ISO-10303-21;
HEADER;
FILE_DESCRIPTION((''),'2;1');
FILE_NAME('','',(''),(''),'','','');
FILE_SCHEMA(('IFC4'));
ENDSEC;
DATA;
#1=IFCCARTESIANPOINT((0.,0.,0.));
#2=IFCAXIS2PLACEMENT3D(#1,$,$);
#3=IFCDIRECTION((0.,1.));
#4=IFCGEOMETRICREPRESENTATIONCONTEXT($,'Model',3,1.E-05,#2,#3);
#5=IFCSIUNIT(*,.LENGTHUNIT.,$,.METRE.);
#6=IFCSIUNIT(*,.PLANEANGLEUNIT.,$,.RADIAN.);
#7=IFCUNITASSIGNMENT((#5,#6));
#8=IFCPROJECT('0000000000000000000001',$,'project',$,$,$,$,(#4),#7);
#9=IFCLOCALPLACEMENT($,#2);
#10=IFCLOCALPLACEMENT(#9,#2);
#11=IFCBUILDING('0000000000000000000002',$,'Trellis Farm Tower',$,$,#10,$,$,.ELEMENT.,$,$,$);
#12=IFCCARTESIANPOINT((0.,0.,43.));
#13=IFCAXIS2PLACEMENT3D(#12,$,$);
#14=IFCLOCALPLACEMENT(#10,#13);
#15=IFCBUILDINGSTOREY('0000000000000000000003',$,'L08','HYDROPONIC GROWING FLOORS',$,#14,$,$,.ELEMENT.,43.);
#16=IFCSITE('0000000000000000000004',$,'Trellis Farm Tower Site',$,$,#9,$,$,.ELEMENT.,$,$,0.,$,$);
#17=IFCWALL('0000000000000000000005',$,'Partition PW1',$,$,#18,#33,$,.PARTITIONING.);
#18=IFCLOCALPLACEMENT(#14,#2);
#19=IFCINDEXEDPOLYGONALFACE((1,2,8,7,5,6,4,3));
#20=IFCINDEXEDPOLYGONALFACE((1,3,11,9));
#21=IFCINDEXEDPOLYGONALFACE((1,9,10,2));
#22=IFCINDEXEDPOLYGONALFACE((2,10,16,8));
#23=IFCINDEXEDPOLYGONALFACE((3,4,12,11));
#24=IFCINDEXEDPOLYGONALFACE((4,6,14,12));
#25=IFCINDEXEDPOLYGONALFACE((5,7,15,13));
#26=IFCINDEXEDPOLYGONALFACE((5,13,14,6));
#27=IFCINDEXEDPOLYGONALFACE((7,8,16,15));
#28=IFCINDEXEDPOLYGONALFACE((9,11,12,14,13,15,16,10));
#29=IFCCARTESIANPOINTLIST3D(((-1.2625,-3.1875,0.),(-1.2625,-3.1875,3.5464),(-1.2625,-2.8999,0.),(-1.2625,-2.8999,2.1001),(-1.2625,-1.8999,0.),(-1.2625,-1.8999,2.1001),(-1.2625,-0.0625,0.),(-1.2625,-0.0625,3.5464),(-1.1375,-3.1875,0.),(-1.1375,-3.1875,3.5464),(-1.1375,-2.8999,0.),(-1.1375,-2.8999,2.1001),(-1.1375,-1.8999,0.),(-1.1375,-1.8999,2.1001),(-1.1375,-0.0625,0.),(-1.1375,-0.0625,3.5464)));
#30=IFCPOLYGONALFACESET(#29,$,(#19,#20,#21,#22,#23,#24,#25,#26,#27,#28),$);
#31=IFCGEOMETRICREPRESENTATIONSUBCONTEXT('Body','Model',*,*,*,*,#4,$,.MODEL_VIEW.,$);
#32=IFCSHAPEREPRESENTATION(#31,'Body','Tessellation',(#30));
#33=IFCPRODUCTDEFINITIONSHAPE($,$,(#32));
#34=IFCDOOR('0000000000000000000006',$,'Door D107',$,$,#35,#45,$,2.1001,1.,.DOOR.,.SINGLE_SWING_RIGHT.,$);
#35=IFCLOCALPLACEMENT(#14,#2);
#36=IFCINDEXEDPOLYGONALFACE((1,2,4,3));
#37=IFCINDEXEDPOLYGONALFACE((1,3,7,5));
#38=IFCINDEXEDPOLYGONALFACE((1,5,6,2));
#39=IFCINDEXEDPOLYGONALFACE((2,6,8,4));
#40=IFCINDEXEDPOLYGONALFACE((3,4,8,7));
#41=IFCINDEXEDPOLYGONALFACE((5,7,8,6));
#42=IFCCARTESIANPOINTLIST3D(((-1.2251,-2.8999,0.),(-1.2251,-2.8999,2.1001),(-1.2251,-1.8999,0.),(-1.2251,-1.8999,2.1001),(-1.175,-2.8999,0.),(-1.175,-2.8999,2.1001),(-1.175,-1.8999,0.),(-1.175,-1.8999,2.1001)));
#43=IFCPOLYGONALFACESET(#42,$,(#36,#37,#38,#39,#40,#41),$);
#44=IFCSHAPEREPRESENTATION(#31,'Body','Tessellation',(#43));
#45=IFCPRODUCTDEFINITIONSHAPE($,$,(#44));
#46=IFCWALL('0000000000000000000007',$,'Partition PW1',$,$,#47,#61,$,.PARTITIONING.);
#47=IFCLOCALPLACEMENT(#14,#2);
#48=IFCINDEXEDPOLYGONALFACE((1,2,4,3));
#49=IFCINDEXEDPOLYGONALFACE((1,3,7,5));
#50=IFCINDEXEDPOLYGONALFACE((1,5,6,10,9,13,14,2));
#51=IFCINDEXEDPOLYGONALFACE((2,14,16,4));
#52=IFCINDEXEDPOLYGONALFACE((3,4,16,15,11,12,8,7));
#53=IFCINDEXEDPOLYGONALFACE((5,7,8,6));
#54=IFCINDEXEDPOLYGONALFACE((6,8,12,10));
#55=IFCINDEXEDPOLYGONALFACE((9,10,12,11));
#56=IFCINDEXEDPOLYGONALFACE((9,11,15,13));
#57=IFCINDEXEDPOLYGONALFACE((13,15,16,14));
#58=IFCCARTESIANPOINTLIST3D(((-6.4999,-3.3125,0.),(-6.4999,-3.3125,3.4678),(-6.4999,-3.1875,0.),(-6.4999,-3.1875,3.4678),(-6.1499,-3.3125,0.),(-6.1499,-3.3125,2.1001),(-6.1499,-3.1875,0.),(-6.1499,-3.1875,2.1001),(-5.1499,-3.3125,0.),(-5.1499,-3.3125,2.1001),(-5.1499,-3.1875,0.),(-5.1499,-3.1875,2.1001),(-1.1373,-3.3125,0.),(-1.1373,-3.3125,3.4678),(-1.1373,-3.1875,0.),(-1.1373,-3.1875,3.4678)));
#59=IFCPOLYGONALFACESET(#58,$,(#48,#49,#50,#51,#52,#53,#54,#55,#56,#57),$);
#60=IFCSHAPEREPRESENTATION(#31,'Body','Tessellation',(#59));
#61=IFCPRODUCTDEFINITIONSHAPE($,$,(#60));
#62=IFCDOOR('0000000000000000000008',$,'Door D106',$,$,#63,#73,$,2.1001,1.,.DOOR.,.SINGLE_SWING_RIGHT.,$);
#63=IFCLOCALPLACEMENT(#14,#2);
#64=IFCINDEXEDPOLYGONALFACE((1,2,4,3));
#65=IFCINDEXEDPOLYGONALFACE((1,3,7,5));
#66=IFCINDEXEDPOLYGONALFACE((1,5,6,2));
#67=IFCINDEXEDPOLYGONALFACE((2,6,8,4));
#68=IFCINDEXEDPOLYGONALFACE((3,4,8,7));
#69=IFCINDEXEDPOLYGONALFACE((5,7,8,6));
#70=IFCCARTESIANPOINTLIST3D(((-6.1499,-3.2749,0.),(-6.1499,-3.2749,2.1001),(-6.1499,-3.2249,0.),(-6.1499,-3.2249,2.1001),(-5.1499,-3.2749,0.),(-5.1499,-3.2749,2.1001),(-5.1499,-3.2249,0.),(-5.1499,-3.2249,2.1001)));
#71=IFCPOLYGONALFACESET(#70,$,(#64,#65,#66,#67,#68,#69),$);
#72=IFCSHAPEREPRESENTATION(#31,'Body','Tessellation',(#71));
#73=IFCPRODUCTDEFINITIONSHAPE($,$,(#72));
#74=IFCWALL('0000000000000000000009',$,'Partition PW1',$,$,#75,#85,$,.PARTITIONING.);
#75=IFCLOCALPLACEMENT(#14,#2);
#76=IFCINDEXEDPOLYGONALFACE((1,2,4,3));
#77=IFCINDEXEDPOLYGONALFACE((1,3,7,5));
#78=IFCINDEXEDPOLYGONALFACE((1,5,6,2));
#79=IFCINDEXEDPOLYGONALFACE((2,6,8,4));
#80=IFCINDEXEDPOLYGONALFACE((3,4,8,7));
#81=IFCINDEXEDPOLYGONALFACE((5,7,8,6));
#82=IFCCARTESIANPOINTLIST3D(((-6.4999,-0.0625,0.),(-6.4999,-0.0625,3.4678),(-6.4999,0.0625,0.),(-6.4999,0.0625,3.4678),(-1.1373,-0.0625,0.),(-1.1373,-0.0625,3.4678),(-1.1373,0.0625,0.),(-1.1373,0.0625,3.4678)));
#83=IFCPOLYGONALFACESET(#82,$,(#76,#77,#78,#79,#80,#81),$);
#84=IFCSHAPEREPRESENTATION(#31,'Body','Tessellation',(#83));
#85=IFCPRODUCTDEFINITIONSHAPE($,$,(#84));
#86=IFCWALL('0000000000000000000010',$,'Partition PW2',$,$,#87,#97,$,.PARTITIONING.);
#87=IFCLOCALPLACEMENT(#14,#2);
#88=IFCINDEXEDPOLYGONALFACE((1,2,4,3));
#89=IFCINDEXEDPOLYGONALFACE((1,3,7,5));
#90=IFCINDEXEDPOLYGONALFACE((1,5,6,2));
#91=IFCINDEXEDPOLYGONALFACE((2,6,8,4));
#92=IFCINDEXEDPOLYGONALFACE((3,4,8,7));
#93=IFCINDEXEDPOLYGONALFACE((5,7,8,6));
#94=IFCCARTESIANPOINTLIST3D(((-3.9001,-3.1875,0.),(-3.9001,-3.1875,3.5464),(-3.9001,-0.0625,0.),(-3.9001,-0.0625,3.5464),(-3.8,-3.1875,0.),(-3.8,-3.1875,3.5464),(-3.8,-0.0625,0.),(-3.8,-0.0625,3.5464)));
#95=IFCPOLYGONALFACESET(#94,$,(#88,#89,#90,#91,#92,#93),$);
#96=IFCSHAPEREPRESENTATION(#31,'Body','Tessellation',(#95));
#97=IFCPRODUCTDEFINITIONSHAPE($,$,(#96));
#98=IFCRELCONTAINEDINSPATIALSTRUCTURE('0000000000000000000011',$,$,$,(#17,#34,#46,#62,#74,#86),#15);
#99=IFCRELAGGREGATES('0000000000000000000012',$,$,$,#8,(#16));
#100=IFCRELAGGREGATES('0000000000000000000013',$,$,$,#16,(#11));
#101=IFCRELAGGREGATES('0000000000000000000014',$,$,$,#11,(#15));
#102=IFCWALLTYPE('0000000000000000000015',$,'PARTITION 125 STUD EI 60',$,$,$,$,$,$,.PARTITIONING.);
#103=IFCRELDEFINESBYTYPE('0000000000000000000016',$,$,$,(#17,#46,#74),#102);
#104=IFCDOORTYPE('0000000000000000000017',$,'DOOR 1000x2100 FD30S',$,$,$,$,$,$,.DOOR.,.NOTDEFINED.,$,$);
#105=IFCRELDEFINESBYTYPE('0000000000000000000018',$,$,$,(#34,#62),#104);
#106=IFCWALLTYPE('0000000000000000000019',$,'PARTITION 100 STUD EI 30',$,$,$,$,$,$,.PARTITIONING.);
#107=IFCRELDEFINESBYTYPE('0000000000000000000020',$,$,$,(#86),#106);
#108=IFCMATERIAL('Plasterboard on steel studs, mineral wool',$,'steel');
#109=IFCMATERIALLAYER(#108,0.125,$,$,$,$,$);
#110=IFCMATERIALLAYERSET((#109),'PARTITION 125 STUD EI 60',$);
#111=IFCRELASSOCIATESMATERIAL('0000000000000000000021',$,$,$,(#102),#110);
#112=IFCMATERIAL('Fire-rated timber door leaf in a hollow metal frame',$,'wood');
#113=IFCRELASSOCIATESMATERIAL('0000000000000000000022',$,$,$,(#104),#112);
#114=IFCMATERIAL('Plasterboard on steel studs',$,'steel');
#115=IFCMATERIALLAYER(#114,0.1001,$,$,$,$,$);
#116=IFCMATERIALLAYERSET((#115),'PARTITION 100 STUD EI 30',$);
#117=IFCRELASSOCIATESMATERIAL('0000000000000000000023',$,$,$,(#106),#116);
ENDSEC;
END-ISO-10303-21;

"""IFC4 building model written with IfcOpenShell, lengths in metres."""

from ifc_helpers import new_model, si_unit, direction, frame, frame_2d, origin, place, context, subcontext, project, spatial, rectangle, extrude, source, transform, mapped, material, layer, layer_set, type_object, element, fill, save


model = new_model("IFC4")

# Units and contexts
model_context = context("Model", 3, precision=1e-05, world=origin(), true_north=direction((0.0, 1.0)))
body_context = subcontext(model_context, "Body", "Model", "MODEL_VIEW")
ifc_project = project(units=[si_unit("LENGTHUNIT", "METRE"), si_unit("PLANEANGLEUNIT", "RADIAN")], contexts=[model_context])

# Site, building, storey
site_placement = place(None, origin())
site = spatial("IfcSite", under=ifc_project, at=site_placement, Name="Trellis Farm Tower Site", CompositionType="ELEMENT", RefElevation=0.0)
building_placement = place(site_placement, origin())
building = spatial("IfcBuilding", under=site, at=building_placement, Name="Trellis Farm Tower", CompositionType="ELEMENT")
storey_placement = place(building_placement, frame((0.0, 0.0, 43.0)))
storey = spatial("IfcBuildingStorey", under=building, at=storey_placement, Name="L08", Description="HYDROPONIC GROWING FLOORS", CompositionType="ELEMENT", Elevation=43.0)

# Walls, openings, doors
ifc_material_1 = material(Name="Plasterboard on steel studs, mineral wool", Category="steel")
ifc_layer_1 = layer(ifc_material_1, 0.125)
ifc_layer_set_1 = layer_set([ifc_layer_1], Name="PARTITION 125 STUD EI 60")
wall_type_1 = type_object("IfcWallType", Name="PARTITION 125 STUD EI 60", PredefinedType="PARTITIONING", material=ifc_layer_set_1)
shared_shape_1 = source(origin(), body_context, "Body", "SweptSolid", [
    extrude(rectangle(XDim=3.125, YDim=0.125, at=frame_2d((1.5625, 0.0))), origin(), (0.0, 0.0, 1.0), 3.5464),
])
wall_1_placement = place(storey_placement, frame((-1.2, -0.0625, 0.0), z_axis=(0.0, 0.0, 1.0), x_axis=(0.0, -1.0, 0.0)))
wall_1 = element("IfcWall", 1, at=wall_1_placement, inside=storey, type_object=wall_type_1, Name="Partition PW1", PredefinedType="PARTITIONING", context=body_context, shape_type="MappedRepresentation", body=[
    mapped(shared_shape_1, transform((0.0, 0.0, 0.0))),
])
shared_shape_2 = source(origin(), body_context, "Body", "SweptSolid", [
    extrude(rectangle(XDim=1.0, YDim=2.1001, at=frame_2d((0.5, 1.05))), frame((0.0, 0.0725, 0.0), z_axis=(0.0, -1.0, 0.0), x_axis=(1.0, 0.0, 0.0)), (0.0, 0.0, 1.0), 0.145),
])
opening_1_placement = place(wall_1_placement, frame((1.8374, 0.0, 0.0)))
opening_1 = element("IfcOpeningElement", 2, at=opening_1_placement, cuts=wall_1, PredefinedType="OPENING", context=body_context, shape_type="MappedRepresentation", body=[
    mapped(shared_shape_2, transform((0.0, 0.0, 0.0))),
])
ifc_material_2 = material(Name="Fire-rated timber door leaf in a hollow metal frame", Category="wood")
door_type = type_object("IfcDoorType", Name="DOOR 1000x2100 FD30S", OperationType="NOTDEFINED", PredefinedType="DOOR", material=ifc_material_2)
shared_shape_3 = source(origin(), body_context, "Body", "SweptSolid", [
    extrude(rectangle(XDim=1.0, YDim=2.1001, at=frame_2d((0.5, 1.05))), frame((0.0, 0.0249, 0.0), z_axis=(0.0, -1.0, 0.0), x_axis=(1.0, 0.0, 0.0)), (0.0, 0.0, 1.0), 0.05),
])
door_1_placement = place(opening_1_placement, origin())
door_1 = element("IfcDoor", 3, at=door_1_placement, inside=storey, type_object=door_type, Name="Door D107", OperationType="SINGLE_SWING_RIGHT", OverallHeight=2.1001, OverallWidth=1.0, PredefinedType="DOOR", context=body_context, shape_type="MappedRepresentation", body=[
    mapped(shared_shape_3, transform((0.0, 0.0, 0.0))),
])
fill(opening_1, door_1)
shared_shape_4 = source(origin(), body_context, "Body", "SweptSolid", [
    extrude(rectangle(XDim=5.3625, YDim=0.125, at=frame_2d((2.6812, 0.0))), origin(), (0.0, 0.0, 1.0), 3.4678),
])
wall_2_placement = place(storey_placement, frame((-1.1375, -3.25, 0.0), z_axis=(0.0, 0.0, 1.0), x_axis=(-1.0, 0.0, 0.0)))
wall_2 = element("IfcWall", 4, at=wall_2_placement, inside=storey, type_object=wall_type_1, Name="Partition PW1", PredefinedType="PARTITIONING", context=body_context, shape_type="MappedRepresentation", body=[
    mapped(shared_shape_4, transform((0.0, 0.0, 0.0))),
])
opening_2_placement = place(wall_2_placement, frame((4.0125, 0.0, 0.0)))
opening_2 = element("IfcOpeningElement", 5, at=opening_2_placement, cuts=wall_2, PredefinedType="OPENING", context=body_context, shape_type="MappedRepresentation", body=[
    mapped(shared_shape_2, transform((0.0, 0.0, 0.0))),
])
door_2_placement = place(opening_2_placement, origin())
door_2 = element("IfcDoor", 6, at=door_2_placement, inside=storey, type_object=door_type, Name="Door D106", OperationType="SINGLE_SWING_RIGHT", OverallHeight=2.1001, OverallWidth=1.0, PredefinedType="DOOR", context=body_context, shape_type="MappedRepresentation", body=[
    mapped(shared_shape_3, transform((0.0, 0.0, 0.0))),
])
fill(opening_2, door_2)

# Walls
wall_3_placement = place(storey_placement, frame((-1.1375, 0.0, 0.0), z_axis=(0.0, 0.0, 1.0), x_axis=(-1.0, 0.0, 0.0)))
element("IfcWall", 7, at=wall_3_placement, inside=storey, type_object=wall_type_1, Name="Partition PW1", PredefinedType="PARTITIONING", context=body_context, shape_type="MappedRepresentation", body=[
    mapped(shared_shape_4, transform((0.0, 0.0, 0.0))),
])
ifc_material_3 = material(Name="Plasterboard on steel studs", Category="steel")
ifc_layer_2 = layer(ifc_material_3, 0.1001)
ifc_layer_set_2 = layer_set([ifc_layer_2], Name="PARTITION 100 STUD EI 30")
wall_type_2 = type_object("IfcWallType", Name="PARTITION 100 STUD EI 30", PredefinedType="PARTITIONING", material=ifc_layer_set_2)
shared_shape_5 = source(origin(), body_context, "Body", "SweptSolid", [
    extrude(rectangle(XDim=3.125, YDim=0.1001, at=frame_2d((1.5625, 0.0))), origin(), (0.0, 0.0, 1.0), 3.5464),
])
wall_4_placement = place(storey_placement, frame((-3.8501, -3.1875, 0.0), z_axis=(0.0, 0.0, 1.0), x_axis=(0.0, 1.0, 0.0)))
element("IfcWall", 8, at=wall_4_placement, inside=storey, type_object=wall_type_2, Name="Partition PW2", PredefinedType="PARTITIONING", context=body_context, shape_type="MappedRepresentation", body=[
    mapped(shared_shape_5, transform((0.0, 0.0, 0.0))),
])

save(model, "model.ifc")
